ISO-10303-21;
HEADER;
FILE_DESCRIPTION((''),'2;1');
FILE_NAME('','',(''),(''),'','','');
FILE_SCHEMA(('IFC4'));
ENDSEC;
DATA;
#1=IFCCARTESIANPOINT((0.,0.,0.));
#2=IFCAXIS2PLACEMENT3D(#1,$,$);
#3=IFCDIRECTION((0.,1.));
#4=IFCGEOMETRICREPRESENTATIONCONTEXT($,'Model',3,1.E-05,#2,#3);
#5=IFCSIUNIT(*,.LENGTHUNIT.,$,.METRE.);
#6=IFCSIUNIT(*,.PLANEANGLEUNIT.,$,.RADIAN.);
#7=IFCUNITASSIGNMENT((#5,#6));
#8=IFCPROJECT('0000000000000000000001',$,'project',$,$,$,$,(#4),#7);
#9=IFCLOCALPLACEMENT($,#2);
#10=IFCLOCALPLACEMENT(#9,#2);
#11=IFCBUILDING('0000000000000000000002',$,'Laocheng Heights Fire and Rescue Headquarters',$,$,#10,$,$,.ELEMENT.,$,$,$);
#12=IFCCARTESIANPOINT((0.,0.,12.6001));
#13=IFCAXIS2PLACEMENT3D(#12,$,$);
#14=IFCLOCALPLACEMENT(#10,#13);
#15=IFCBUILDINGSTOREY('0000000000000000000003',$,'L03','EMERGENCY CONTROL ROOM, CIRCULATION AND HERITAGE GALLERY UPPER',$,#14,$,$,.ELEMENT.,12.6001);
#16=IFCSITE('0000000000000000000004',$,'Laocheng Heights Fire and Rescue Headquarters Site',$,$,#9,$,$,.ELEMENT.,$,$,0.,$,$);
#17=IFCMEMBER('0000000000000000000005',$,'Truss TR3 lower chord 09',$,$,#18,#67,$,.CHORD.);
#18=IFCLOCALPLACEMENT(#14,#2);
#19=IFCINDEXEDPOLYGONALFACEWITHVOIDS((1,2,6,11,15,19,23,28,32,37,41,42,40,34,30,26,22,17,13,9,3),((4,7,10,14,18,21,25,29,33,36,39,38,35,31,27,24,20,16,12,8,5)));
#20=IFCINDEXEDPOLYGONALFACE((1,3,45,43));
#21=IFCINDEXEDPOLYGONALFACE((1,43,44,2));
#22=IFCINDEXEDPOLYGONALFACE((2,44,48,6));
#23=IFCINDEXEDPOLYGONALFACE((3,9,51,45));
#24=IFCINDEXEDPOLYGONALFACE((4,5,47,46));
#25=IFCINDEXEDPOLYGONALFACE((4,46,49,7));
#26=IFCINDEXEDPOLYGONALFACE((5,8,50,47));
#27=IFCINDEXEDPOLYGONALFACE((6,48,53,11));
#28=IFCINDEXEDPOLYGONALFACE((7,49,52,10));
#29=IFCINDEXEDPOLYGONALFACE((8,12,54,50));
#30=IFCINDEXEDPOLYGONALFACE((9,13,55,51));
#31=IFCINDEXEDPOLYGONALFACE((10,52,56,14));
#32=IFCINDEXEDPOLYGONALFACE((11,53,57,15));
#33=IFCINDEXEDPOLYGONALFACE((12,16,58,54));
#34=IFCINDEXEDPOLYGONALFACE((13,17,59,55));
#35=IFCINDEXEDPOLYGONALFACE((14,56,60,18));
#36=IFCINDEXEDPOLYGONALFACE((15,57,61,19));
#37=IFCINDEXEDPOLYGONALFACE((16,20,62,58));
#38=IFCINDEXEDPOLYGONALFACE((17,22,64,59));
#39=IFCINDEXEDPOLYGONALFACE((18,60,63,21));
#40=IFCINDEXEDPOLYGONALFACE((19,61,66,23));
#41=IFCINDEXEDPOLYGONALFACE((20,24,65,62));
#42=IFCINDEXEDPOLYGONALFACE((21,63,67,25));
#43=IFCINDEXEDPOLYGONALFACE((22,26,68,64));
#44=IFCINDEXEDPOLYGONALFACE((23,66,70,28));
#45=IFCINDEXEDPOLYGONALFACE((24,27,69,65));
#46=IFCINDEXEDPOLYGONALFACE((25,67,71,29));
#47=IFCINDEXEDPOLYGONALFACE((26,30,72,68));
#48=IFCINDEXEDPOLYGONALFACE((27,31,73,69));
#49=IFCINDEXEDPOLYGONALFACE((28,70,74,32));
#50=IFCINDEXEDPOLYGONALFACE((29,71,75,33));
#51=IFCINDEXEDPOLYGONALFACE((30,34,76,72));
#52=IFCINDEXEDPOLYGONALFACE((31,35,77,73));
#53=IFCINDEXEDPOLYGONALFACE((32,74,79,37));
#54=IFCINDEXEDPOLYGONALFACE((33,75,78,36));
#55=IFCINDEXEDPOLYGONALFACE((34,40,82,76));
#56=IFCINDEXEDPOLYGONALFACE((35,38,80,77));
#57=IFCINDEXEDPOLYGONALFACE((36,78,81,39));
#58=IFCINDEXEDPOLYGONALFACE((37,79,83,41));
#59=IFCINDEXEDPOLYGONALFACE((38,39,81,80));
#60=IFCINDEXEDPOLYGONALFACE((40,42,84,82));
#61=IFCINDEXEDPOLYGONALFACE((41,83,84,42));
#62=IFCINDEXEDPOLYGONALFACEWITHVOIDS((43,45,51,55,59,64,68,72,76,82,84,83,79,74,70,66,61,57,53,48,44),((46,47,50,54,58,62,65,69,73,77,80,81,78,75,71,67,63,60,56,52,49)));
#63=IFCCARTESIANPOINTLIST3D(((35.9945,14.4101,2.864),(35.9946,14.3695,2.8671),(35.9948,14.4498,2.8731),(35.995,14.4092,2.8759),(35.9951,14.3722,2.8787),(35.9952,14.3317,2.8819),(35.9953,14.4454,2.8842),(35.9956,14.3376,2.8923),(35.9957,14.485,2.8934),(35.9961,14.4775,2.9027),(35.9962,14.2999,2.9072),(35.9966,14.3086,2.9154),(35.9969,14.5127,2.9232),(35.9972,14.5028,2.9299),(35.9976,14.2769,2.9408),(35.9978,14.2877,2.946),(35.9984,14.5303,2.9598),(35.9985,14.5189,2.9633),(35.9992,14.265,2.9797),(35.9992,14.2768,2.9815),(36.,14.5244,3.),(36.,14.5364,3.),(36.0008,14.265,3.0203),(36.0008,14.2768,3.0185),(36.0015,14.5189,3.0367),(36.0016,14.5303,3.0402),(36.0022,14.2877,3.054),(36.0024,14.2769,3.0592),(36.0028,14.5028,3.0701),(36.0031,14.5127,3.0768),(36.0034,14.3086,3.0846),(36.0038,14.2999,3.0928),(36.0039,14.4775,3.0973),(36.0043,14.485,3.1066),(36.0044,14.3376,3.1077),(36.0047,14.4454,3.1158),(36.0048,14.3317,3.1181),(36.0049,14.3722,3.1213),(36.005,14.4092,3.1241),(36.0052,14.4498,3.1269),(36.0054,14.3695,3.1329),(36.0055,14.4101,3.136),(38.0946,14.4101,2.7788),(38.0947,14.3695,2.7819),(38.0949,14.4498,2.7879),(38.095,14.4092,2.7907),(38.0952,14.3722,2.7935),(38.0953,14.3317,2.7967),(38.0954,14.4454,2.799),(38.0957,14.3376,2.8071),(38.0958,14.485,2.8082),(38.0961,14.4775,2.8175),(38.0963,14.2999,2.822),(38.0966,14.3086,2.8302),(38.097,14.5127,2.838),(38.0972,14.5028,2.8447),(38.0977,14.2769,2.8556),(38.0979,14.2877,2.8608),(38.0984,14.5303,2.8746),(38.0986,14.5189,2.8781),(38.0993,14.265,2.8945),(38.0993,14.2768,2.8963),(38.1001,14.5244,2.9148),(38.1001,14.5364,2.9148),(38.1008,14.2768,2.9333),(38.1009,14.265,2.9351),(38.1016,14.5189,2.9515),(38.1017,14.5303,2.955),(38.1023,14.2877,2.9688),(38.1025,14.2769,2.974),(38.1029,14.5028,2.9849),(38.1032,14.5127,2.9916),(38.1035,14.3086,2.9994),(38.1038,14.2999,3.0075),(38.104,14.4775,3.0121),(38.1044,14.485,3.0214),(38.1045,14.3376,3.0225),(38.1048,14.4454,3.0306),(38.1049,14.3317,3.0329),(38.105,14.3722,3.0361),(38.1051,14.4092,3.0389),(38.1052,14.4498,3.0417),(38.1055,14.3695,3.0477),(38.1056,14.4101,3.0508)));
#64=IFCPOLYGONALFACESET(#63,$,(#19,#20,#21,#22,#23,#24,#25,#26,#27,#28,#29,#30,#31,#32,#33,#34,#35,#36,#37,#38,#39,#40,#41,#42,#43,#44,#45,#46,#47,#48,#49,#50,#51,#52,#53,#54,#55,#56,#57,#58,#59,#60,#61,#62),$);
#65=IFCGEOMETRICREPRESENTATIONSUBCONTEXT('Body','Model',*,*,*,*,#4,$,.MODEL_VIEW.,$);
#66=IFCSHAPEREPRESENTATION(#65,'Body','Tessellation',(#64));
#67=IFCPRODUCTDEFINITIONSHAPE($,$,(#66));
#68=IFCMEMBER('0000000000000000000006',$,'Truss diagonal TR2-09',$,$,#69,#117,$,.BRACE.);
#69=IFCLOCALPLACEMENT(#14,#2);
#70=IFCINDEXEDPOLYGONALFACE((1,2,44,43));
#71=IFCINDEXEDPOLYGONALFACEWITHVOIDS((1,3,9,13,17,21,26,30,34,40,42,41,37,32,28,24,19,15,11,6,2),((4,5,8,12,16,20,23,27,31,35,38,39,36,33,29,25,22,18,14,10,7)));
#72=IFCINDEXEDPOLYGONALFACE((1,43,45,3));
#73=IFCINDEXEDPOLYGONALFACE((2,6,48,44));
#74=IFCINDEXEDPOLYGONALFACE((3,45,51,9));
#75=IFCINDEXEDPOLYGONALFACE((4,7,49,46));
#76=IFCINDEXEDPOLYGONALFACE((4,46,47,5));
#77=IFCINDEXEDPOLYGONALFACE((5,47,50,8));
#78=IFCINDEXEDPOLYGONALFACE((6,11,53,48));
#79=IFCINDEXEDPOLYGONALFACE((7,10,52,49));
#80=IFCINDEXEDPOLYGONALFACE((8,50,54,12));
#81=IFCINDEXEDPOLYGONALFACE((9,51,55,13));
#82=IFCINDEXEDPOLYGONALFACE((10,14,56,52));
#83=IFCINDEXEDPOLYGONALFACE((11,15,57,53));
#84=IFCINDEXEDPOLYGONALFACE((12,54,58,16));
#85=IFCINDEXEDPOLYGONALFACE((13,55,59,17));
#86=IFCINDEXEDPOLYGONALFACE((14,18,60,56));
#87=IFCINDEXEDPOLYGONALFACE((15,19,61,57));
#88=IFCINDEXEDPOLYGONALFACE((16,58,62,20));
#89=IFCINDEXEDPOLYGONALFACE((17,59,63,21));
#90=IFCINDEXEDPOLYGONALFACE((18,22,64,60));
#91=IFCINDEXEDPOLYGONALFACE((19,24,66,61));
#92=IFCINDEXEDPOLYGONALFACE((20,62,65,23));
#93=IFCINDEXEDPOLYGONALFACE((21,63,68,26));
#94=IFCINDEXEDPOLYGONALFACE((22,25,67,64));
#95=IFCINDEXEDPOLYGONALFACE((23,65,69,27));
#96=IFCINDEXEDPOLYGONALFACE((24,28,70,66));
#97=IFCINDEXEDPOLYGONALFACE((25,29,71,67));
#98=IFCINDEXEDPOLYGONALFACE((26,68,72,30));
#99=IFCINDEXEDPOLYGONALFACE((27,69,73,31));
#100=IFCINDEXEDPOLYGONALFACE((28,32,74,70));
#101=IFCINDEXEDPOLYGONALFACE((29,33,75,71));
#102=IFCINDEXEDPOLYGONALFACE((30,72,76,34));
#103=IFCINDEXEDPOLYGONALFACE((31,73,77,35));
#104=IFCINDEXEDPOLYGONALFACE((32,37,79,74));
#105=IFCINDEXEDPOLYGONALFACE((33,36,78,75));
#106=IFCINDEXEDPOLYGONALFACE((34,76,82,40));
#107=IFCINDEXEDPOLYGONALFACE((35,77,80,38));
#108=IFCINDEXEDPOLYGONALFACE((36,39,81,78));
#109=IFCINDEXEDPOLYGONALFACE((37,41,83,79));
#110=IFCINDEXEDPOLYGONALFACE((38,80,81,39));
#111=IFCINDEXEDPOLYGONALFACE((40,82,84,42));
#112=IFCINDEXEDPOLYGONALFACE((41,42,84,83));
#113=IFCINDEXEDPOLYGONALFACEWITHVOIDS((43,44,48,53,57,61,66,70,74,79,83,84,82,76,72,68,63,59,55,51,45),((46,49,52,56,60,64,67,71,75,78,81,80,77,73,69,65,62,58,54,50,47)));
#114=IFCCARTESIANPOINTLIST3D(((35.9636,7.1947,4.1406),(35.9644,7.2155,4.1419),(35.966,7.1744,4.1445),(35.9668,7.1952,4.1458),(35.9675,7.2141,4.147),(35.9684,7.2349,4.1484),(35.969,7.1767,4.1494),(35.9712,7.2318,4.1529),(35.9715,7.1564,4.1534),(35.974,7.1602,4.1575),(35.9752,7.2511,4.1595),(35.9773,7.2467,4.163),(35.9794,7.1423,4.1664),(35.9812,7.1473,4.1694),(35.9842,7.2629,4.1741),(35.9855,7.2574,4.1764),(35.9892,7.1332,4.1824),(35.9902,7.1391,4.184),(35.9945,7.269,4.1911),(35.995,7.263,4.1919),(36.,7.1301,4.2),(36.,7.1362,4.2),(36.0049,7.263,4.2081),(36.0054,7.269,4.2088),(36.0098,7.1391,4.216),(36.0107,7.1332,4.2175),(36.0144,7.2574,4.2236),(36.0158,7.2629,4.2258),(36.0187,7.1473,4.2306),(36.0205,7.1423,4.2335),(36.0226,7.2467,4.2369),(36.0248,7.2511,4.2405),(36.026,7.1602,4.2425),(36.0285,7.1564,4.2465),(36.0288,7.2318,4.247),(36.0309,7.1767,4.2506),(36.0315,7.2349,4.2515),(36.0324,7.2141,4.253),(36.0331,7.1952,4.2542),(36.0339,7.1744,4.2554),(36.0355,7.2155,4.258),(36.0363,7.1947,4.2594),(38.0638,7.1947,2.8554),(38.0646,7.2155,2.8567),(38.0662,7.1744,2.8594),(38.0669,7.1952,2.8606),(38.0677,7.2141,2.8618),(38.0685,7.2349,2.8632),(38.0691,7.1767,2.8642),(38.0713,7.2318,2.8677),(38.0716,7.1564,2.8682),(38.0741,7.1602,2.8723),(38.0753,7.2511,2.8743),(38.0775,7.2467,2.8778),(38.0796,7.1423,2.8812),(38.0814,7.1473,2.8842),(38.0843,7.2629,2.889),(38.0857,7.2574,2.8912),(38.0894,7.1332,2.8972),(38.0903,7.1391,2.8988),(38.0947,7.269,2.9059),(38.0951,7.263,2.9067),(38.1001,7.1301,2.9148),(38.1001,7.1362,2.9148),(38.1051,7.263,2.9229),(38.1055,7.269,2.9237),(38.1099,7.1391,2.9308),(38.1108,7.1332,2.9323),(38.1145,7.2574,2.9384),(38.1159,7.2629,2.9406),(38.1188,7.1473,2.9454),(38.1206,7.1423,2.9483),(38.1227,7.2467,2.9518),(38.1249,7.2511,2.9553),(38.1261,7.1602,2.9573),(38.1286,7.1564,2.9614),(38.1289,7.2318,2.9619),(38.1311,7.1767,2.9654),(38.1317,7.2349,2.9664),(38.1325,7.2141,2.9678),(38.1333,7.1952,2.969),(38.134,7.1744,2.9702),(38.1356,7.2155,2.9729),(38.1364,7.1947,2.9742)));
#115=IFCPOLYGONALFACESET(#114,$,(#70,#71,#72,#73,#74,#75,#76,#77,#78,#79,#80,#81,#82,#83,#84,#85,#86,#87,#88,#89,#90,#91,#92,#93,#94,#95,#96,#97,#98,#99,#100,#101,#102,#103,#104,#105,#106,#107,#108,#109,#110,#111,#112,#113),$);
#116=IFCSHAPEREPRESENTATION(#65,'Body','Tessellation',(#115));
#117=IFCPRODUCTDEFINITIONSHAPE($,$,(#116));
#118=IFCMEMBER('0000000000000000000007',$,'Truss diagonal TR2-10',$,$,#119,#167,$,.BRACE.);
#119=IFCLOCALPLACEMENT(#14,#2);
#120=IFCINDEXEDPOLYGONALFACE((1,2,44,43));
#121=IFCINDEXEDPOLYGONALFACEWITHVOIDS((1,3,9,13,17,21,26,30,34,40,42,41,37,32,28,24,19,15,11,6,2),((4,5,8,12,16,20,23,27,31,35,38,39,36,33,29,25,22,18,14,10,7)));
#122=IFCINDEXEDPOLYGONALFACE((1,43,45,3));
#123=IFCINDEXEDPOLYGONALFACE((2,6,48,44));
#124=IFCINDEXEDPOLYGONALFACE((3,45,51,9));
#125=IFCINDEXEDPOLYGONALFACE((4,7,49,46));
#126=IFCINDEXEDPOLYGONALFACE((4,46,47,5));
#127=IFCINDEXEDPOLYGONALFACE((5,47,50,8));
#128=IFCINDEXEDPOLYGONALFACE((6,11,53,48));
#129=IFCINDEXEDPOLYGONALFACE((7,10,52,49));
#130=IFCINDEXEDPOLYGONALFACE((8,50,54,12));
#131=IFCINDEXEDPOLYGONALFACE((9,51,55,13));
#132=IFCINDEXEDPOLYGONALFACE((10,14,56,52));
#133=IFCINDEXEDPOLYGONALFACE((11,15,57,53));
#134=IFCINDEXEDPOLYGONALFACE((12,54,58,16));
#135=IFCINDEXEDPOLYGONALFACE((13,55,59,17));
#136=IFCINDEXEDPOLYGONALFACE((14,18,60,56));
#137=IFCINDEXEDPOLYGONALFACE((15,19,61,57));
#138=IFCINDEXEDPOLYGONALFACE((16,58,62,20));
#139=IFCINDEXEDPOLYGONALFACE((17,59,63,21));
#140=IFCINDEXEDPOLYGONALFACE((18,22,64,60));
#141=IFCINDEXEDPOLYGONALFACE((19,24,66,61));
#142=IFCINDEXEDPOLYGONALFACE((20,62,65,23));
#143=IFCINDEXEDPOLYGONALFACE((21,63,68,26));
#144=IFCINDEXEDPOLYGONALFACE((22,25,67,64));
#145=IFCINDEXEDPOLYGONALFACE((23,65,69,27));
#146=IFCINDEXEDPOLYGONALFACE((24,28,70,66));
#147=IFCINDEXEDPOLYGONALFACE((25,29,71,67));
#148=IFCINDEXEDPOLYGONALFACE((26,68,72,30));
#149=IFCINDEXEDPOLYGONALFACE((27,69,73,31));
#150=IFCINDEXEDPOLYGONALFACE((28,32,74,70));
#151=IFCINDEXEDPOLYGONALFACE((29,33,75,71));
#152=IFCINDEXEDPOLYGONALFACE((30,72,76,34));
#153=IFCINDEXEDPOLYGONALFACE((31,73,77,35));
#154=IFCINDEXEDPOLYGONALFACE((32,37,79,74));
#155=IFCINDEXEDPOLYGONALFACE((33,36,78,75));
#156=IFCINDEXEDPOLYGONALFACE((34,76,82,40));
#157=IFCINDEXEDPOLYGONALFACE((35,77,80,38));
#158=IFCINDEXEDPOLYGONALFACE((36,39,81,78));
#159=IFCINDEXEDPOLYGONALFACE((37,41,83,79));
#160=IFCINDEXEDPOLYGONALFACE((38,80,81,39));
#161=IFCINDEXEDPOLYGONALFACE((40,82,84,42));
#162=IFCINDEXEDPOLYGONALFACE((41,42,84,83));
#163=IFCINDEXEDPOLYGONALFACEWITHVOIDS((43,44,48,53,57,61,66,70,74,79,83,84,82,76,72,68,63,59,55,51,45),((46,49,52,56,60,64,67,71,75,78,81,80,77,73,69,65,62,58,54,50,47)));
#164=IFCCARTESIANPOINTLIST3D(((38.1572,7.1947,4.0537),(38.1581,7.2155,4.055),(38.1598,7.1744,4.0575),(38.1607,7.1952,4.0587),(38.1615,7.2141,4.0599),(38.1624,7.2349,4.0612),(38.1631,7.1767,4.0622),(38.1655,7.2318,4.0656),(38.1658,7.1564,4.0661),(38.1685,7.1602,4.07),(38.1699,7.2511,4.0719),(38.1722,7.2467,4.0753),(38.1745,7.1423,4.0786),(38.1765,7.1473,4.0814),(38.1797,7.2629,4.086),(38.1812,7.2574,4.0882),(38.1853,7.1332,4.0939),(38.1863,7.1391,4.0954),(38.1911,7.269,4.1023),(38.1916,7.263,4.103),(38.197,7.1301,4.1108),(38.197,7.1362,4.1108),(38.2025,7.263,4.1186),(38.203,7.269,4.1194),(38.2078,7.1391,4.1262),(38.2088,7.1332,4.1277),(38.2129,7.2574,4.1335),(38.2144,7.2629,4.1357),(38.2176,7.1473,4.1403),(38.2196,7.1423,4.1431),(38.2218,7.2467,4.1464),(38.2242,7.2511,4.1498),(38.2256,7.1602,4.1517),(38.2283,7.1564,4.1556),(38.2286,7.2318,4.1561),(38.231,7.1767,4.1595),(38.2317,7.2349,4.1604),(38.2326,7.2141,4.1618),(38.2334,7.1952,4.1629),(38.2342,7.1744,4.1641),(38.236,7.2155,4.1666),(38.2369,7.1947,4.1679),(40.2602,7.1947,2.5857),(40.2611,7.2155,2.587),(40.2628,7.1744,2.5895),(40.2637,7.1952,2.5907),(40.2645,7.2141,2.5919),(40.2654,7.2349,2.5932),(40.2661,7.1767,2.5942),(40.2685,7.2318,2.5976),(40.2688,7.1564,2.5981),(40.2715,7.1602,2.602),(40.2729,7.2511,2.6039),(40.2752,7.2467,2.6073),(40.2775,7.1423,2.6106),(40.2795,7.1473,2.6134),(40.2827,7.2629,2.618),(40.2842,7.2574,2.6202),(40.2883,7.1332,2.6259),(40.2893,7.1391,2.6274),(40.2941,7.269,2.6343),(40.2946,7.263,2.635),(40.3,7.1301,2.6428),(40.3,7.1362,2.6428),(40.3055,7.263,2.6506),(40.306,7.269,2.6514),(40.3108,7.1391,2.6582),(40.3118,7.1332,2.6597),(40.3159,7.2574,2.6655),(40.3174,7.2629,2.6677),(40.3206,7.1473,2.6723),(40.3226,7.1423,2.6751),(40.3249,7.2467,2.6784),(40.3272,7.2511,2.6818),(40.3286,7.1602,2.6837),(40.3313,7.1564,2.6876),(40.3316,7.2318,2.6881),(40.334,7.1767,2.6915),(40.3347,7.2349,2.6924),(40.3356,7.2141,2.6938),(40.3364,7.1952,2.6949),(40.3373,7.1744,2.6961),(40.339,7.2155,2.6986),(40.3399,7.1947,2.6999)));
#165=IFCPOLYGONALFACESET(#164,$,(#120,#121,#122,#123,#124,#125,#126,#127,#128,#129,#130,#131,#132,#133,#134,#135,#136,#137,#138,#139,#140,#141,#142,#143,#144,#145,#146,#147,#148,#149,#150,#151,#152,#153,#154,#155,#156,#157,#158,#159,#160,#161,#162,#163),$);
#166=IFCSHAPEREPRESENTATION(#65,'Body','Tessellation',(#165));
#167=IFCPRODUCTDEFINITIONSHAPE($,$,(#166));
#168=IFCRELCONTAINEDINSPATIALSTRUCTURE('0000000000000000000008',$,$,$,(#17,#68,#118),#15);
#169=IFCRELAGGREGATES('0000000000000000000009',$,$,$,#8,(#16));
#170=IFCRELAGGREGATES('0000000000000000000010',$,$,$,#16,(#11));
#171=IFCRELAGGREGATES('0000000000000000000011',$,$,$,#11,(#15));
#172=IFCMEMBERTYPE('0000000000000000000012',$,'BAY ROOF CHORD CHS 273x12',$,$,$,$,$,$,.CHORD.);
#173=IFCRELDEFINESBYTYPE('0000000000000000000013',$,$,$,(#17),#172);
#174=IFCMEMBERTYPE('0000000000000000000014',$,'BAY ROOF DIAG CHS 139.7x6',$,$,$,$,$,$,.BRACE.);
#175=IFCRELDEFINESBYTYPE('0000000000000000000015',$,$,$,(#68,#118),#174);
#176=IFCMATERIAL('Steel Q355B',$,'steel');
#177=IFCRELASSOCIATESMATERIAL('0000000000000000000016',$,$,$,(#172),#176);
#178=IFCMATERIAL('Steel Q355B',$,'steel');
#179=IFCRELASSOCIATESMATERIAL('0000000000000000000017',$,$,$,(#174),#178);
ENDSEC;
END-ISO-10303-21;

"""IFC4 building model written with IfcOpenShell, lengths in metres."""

from ifc_helpers import new_model, si_unit, direction, frame, origin, origin_2d, place, context, subcontext, project, spatial, hollow_circle, extrude, material, material_profile, profile_set, type_object, element, save


model = new_model("IFC4")

# Units and contexts
model_context = context("Model", 3, precision=1e-05, world=origin(), true_north=direction((0.0, 1.0)))
body_context = subcontext(model_context, "Body", "Model", "MODEL_VIEW")
ifc_project = project(units=[si_unit("LENGTHUNIT", "METRE"), si_unit("PLANEANGLEUNIT", "RADIAN")], contexts=[model_context])

# Site, building, storey
site_placement = place(None, origin())
site = spatial("IfcSite", under=ifc_project, at=site_placement, Name="Laocheng Heights Fire and Rescue Headquarters Site", CompositionType="ELEMENT", RefElevation=0.0)
building_placement = place(site_placement, origin())
building = spatial("IfcBuilding", under=site, at=building_placement, Name="Laocheng Heights Fire and Rescue Headquarters", CompositionType="ELEMENT")
storey_placement = place(building_placement, frame((0.0, 0.0, 12.6001)))
storey = spatial("IfcBuildingStorey", under=building, at=storey_placement, Name="L03", Description="EMERGENCY CONTROL ROOM, CIRCULATION AND HERITAGE GALLERY UPPER", CompositionType="ELEMENT", Elevation=12.6001)

# Members
ifc_material_1 = material(Name="Steel Q355B", Category="steel")
ifc_material_profile_1 = material_profile(ifc_material_1, hollow_circle(Radius=0.1365, WallThickness=0.012, at=origin_2d()), Name="CHS 273x12")
ifc_profile_set_1 = profile_set([ifc_material_profile_1], Name="Steel Q355B")
member_type_1 = type_object("IfcMemberType", Name="BAY ROOF CHORD CHS 273x12", PredefinedType="CHORD", material=ifc_profile_set_1)
member_1_placement = place(storey_placement, frame((36.0, 14.3999, 3.0), z_axis=(0.999178, 0.0, -0.040539), x_axis=(0.0, 1.0, 0.0)))
element("IfcMember", 1, at=member_1_placement, inside=storey, type_object=member_type_1, Name="Truss TR3 lower chord 09", PredefinedType="CHORD", context=body_context, shape_type="SweptSolid", body=[
    extrude(hollow_circle(Radius=0.1365, WallThickness=0.012, at=origin_2d()), origin(), (0.0, 0.0, 1.0), 2.1018),
])
ifc_material_2 = material(Name="Steel Q355B", Category="steel")
ifc_material_profile_2 = material_profile(ifc_material_2, hollow_circle(Radius=0.0698, WallThickness=0.0061, at=origin_2d()), Name="CHS 139.7x6")
ifc_profile_set_2 = profile_set([ifc_material_profile_2], Name="Steel Q355B")
member_type_2 = type_object("IfcMemberType", Name="BAY ROOF DIAG CHS 139.7x6", PredefinedType="BRACE", material=ifc_profile_set_2)
member_2_placement = place(storey_placement, frame((38.1001, 7.2, 2.9148), z_axis=(-0.852963, 0.0, 0.521971), x_axis=(0.0, -1.0, 0.0)))
element("IfcMember", 2, at=member_2_placement, inside=storey, type_object=member_type_2, Name="Truss diagonal TR2-09", PredefinedType="BRACE", context=body_context, shape_type="SweptSolid", body=[
    extrude(hollow_circle(Radius=0.0698, WallThickness=0.0061, at=origin_2d()), origin(), (0.0, 0.0, 1.0), 2.4622),
])
member_3_placement = place(storey_placement, frame((40.3, 7.2, 2.6428), z_axis=(-0.819983, 0.0, 0.572389), x_axis=(0.0, -1.0, 0.0)))
element("IfcMember", 3, at=member_3_placement, inside=storey, type_object=member_type_2, Name="Truss diagonal TR2-10", PredefinedType="BRACE", context=body_context, shape_type="SweptSolid", body=[
    extrude(hollow_circle(Radius=0.0698, WallThickness=0.0061, at=origin_2d()), origin(), (0.0, 0.0, 1.0), 2.5647),
])

save(model, "model.ifc")
